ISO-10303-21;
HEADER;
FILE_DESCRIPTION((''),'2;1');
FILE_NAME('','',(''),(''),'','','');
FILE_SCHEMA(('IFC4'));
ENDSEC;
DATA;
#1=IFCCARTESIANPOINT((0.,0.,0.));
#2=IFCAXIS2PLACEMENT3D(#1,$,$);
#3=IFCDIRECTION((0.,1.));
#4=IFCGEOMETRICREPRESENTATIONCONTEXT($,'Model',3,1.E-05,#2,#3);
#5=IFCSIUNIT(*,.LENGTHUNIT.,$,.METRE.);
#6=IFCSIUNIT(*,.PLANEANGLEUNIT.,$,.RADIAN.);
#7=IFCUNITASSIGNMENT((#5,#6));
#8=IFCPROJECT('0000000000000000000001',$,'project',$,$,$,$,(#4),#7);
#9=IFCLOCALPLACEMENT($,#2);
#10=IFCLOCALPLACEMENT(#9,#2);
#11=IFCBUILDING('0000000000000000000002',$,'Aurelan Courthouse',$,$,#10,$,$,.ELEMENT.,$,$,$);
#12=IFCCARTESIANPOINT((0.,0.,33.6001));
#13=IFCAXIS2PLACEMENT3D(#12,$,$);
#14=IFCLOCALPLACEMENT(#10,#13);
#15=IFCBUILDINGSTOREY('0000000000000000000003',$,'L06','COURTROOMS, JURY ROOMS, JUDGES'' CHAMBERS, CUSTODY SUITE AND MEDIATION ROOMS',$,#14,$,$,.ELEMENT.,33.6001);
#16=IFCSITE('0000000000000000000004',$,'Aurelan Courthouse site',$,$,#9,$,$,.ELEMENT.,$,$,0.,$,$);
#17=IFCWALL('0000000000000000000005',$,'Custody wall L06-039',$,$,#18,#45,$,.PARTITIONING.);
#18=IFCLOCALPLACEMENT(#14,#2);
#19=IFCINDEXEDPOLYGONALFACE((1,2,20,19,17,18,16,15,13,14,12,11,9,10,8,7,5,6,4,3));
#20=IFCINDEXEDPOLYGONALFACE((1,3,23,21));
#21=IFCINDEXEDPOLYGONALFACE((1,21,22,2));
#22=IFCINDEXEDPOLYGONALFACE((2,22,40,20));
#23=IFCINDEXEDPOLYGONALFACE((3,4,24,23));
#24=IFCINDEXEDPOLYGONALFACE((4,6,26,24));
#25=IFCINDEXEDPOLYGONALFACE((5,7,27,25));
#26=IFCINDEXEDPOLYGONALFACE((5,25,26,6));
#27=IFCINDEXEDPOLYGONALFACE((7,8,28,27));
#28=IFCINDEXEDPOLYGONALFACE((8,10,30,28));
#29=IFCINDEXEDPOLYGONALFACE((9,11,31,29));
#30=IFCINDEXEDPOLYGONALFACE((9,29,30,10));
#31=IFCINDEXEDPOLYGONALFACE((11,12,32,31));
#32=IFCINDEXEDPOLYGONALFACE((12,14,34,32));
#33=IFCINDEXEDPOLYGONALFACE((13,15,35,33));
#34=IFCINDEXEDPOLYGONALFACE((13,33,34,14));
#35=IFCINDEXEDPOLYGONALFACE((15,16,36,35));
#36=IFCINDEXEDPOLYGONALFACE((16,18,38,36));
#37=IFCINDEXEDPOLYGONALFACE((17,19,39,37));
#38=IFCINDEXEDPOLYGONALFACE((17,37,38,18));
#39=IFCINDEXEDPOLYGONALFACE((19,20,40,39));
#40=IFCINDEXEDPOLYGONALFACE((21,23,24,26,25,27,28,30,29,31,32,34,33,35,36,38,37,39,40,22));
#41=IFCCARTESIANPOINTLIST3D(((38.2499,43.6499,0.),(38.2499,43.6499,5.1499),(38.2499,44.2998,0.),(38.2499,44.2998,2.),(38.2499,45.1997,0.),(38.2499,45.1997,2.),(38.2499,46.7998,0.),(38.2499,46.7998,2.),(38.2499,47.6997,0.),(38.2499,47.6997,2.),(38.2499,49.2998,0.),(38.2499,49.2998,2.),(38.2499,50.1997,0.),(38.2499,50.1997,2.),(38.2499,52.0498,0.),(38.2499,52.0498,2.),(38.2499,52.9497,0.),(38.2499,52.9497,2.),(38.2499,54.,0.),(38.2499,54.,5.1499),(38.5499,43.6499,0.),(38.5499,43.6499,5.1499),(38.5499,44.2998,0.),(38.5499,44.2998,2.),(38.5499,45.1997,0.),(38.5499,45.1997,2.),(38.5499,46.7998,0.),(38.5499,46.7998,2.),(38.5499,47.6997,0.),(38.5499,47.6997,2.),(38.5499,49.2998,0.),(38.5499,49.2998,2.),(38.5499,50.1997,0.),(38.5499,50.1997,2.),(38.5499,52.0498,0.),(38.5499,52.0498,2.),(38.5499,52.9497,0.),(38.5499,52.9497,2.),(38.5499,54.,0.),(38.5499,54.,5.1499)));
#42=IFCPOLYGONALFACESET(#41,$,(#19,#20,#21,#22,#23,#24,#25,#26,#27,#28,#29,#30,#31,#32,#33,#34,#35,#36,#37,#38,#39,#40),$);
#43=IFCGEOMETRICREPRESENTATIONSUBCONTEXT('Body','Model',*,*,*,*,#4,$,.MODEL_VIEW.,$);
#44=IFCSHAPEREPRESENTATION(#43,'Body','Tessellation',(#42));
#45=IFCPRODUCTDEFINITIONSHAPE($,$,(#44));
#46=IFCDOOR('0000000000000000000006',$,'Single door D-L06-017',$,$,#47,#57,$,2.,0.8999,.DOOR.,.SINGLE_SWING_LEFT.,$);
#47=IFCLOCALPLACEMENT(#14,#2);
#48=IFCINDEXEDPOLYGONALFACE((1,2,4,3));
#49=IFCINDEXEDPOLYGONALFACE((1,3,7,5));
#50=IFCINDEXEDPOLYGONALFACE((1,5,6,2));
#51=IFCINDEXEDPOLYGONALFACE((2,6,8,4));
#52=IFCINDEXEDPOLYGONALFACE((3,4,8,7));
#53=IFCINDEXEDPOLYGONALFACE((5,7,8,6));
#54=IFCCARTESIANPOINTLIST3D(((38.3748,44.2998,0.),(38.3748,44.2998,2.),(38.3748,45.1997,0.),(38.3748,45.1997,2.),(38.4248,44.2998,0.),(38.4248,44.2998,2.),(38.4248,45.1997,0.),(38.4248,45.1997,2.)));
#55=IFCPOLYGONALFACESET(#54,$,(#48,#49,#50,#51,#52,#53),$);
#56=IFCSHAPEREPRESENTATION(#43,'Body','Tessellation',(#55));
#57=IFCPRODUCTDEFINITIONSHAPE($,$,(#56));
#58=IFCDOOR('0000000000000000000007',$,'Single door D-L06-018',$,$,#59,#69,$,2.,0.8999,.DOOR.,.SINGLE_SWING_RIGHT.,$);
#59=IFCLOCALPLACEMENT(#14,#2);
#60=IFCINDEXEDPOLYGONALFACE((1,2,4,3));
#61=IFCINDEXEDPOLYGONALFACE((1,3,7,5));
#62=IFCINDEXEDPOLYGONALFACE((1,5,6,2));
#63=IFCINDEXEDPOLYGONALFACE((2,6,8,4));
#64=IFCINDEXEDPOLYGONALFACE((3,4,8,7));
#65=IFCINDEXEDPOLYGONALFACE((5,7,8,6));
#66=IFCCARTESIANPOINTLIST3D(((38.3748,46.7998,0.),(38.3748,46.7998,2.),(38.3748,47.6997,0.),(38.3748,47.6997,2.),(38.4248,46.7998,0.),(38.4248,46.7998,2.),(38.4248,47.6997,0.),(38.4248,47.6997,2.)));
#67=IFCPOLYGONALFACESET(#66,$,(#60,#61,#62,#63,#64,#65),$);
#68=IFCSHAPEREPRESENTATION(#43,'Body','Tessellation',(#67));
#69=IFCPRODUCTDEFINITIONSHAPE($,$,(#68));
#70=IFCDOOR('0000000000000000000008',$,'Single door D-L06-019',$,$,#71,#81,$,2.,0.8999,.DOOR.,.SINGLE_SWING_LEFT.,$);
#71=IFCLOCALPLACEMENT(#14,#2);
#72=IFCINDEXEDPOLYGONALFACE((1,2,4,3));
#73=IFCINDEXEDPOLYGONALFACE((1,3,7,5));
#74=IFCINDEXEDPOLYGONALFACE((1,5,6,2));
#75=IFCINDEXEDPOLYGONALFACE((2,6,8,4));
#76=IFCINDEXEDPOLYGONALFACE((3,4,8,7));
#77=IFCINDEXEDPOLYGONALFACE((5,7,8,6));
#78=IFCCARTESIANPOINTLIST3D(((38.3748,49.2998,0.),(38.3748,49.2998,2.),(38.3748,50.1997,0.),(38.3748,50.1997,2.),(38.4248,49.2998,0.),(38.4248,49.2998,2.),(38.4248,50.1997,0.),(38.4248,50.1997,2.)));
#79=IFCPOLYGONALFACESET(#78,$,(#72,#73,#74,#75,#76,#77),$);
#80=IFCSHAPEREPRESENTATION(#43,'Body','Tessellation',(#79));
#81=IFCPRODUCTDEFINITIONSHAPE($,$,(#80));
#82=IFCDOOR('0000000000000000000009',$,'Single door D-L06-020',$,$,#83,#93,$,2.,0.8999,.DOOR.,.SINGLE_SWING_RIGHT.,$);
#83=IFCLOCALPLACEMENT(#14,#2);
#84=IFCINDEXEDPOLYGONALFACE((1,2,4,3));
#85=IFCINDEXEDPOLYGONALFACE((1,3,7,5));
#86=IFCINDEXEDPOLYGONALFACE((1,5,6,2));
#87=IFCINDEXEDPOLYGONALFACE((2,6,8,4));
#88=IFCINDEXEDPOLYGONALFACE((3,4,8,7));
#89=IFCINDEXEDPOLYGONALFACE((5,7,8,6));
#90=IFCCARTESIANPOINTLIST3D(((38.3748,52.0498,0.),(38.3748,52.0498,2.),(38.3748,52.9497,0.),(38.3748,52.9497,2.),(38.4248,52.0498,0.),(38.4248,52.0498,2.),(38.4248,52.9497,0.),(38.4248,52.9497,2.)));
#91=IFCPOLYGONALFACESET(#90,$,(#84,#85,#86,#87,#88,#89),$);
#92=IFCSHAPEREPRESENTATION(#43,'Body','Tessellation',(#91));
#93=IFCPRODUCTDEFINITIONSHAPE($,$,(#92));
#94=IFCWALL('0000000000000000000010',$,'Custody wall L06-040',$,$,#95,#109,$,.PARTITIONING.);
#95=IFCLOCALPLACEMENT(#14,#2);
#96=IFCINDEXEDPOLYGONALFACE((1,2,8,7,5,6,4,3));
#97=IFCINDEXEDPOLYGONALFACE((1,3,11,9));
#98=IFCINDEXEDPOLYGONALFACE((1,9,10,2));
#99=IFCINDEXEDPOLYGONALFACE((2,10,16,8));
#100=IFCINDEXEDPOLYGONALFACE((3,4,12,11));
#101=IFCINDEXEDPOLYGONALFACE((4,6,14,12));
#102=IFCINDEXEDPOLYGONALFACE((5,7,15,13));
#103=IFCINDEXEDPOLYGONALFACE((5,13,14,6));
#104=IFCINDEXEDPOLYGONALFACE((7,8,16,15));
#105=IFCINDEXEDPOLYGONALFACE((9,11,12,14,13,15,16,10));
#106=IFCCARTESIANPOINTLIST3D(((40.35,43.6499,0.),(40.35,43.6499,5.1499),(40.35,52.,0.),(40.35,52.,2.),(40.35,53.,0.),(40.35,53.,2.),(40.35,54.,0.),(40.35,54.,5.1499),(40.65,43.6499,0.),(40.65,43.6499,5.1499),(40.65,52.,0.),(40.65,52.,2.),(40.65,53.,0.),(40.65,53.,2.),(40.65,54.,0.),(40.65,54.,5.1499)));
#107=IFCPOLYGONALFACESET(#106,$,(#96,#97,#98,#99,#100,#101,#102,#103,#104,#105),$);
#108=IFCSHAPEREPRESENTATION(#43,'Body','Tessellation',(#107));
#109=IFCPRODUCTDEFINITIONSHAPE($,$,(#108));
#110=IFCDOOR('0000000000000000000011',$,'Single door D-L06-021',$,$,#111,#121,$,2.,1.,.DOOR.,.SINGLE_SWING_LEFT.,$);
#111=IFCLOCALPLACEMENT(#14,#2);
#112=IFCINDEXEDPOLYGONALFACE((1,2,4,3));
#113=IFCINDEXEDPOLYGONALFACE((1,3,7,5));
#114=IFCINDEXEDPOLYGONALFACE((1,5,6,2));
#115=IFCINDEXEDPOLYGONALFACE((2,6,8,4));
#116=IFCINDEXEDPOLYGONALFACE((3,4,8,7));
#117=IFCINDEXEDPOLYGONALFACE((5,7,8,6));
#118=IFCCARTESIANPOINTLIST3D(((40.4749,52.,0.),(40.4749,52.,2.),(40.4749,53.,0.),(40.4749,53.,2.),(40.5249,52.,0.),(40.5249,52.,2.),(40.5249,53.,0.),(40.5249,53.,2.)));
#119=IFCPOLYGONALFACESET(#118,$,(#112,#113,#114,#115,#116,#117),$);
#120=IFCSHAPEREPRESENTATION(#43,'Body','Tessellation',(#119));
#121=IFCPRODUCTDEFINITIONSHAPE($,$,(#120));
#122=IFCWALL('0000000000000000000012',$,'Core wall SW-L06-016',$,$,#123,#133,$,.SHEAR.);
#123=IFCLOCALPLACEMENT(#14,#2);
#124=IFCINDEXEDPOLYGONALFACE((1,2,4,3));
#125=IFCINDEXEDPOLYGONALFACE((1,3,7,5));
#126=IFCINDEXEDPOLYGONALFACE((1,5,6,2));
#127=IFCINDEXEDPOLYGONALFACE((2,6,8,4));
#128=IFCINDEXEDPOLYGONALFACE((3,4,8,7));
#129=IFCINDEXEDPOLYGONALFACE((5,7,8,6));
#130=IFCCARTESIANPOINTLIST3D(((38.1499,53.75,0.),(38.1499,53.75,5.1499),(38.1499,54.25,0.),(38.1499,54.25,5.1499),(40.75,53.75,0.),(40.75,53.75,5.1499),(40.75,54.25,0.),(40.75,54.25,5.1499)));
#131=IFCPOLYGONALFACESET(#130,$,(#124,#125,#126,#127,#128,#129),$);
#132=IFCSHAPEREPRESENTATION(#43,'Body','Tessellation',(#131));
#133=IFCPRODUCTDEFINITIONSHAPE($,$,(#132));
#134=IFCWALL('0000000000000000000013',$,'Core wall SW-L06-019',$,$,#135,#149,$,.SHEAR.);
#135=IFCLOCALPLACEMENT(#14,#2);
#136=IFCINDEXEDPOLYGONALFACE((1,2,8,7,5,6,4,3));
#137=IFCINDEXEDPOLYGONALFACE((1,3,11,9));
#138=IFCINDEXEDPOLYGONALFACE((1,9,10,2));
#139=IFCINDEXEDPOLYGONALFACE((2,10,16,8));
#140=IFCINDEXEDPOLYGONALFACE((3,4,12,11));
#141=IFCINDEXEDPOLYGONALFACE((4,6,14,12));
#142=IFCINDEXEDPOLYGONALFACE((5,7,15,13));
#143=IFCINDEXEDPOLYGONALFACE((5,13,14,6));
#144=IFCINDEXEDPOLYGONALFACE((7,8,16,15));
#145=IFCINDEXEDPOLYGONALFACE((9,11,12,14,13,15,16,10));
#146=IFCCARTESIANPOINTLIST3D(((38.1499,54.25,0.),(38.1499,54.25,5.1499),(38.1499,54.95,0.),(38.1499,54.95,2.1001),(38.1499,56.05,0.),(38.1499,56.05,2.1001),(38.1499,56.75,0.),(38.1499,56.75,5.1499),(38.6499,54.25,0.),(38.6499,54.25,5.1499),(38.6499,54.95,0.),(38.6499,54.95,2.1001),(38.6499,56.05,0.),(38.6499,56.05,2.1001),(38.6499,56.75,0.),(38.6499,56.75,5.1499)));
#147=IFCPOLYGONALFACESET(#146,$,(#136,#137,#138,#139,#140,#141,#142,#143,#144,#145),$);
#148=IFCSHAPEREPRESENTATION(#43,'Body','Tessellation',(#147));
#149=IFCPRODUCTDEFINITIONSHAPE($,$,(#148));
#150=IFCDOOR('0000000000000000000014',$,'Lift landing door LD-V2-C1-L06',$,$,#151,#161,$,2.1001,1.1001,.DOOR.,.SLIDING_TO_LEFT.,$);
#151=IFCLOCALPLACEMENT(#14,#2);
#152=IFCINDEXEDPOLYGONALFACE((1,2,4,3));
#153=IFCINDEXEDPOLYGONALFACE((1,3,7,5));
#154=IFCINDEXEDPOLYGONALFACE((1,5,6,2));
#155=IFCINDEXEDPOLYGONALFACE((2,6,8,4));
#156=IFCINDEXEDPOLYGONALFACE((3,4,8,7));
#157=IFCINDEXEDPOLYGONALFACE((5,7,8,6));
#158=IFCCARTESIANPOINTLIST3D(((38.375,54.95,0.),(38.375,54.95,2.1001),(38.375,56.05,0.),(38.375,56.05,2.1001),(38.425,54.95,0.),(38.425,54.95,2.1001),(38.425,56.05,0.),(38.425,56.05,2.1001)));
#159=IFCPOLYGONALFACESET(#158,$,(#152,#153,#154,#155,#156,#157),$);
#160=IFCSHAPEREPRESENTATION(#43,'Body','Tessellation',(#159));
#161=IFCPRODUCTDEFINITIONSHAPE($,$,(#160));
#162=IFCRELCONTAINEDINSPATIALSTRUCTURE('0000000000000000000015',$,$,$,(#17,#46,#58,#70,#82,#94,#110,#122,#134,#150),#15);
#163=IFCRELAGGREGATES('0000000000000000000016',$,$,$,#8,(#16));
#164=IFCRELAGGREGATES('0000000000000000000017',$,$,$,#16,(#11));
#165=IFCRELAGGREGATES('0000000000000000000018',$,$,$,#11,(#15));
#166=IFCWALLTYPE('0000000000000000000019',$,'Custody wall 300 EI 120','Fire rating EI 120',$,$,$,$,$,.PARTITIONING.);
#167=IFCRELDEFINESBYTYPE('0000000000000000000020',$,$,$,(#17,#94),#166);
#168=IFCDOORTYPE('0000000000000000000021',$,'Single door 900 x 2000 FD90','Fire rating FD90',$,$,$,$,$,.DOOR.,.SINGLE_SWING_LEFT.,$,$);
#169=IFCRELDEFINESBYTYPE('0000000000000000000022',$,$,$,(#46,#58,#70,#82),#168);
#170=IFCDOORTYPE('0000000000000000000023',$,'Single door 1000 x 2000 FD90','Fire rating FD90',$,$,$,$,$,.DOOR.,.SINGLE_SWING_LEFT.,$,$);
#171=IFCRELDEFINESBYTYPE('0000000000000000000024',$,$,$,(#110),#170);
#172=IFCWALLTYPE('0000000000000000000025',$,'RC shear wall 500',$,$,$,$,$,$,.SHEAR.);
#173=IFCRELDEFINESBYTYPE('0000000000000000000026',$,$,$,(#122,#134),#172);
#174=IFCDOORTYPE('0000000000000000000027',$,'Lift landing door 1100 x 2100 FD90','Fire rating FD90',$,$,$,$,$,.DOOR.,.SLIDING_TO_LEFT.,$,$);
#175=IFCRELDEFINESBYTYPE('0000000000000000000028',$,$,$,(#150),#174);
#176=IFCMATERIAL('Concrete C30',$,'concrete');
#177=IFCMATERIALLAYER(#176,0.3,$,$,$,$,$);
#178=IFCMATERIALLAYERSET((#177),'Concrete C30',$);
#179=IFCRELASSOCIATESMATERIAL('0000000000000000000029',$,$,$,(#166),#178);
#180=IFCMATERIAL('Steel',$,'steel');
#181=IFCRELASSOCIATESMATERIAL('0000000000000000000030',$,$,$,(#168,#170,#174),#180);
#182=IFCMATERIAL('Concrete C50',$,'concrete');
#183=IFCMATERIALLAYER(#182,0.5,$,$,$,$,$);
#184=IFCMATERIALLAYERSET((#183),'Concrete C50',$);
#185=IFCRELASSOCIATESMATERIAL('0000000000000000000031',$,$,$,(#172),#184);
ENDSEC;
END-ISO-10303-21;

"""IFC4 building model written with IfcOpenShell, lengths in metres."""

from ifc_helpers import new_model, si_unit, direction, frame, frame_2d, origin, place, context, subcontext, project, spatial, rectangle, extrude, material, layer, layer_set, type_object, element, fill, save


model = new_model("IFC4")

# Units and contexts
model_context = context("Model", 3, precision=1e-05, world=origin(), true_north=direction((0.0, 1.0)))
body_context = subcontext(model_context, "Body", "Model", "MODEL_VIEW")
ifc_project = project(units=[si_unit("LENGTHUNIT", "METRE"), si_unit("PLANEANGLEUNIT", "RADIAN")], contexts=[model_context])

# Site, building, storey
site_placement = place(None, origin())
site = spatial("IfcSite", under=ifc_project, at=site_placement, Name="Aurelan Courthouse site", CompositionType="ELEMENT", RefElevation=0.0)
building_placement = place(site_placement, origin())
building = spatial("IfcBuilding", under=site, at=building_placement, Name="Aurelan Courthouse", CompositionType="ELEMENT")
storey_placement = place(building_placement, frame((0.0, 0.0, 33.6001)))
storey = spatial("IfcBuildingStorey", under=building, at=storey_placement, Name="L06", Description="COURTROOMS, JURY ROOMS, JUDGES' CHAMBERS, CUSTODY SUITE AND MEDIATION ROOMS", CompositionType="ELEMENT", Elevation=33.6001)

# Shared definitions
ifc_material_1 = material(Name="Concrete C50", Category="concrete")

# Shared definitions
ifc_material_2 = material(Name="Steel", Category="steel")

# Shared definitions
ifc_material_3 = material(Name="Concrete C30", Category="concrete")
ifc_layer_1 = layer(ifc_material_3, 0.3)
ifc_layer_set_1 = layer_set([ifc_layer_1], Name="Concrete C30")
wall_type_1 = type_object("IfcWallType", Name="Custody wall 300 EI 120", Description="Fire rating EI 120", PredefinedType="PARTITIONING", material=ifc_layer_set_1)

# Wall, openings, doors
wall_1_placement = place(storey_placement, frame((38.3999, 43.6499, 0.0), z_axis=(0.0, 0.0, 1.0), x_axis=(0.0, 1.0, 0.0)))
wall_1 = element("IfcWall", 1, at=wall_1_placement, inside=storey, type_object=wall_type_1, Name="Custody wall L06-039", PredefinedType="PARTITIONING", context=body_context, shape_type="SweptSolid", body=[
    extrude(rectangle(XDim=10.3501, YDim=0.3, at=frame_2d((5.175, 0.0))), origin(), (0.0, 0.0, 1.0), 5.1499),
])
opening_1_placement = place(wall_1_placement, frame((1.5498, 0.0, 0.0), z_axis=(0.0, 0.0, 1.0), x_axis=(-1.0, 0.0, 0.0)))
opening_1 = element("IfcOpeningElement", 2, at=opening_1_placement, cuts=wall_1, PredefinedType="OPENING", context=body_context, shape_type="SweptSolid", body=[
    extrude(rectangle(XDim=0.8999, YDim=2.0, at=frame_2d((0.45, 1.0))), frame((0.0, 0.1599, 0.0), z_axis=(0.0, -1.0, 0.0), x_axis=(1.0, 0.0, 0.0)), (0.0, 0.0, 1.0), 0.3201),
])
opening_2_placement = place(wall_1_placement, frame((4.0498, 0.0, 0.0), z_axis=(0.0, 0.0, 1.0), x_axis=(-1.0, 0.0, 0.0)))
opening_2 = element("IfcOpeningElement", 3, at=opening_2_placement, cuts=wall_1, PredefinedType="OPENING", context=body_context, shape_type="SweptSolid", body=[
    extrude(rectangle(XDim=0.8999, YDim=2.0, at=frame_2d((0.45, 1.0))), frame((0.0, 0.1599, 0.0), z_axis=(0.0, -1.0, 0.0), x_axis=(1.0, 0.0, 0.0)), (0.0, 0.0, 1.0), 0.3201),
])
opening_3_placement = place(wall_1_placement, frame((6.5498, 0.0, 0.0), z_axis=(0.0, 0.0, 1.0), x_axis=(-1.0, 0.0, 0.0)))
opening_3 = element("IfcOpeningElement", 4, at=opening_3_placement, cuts=wall_1, PredefinedType="OPENING", context=body_context, shape_type="SweptSolid", body=[
    extrude(rectangle(XDim=0.8999, YDim=2.0, at=frame_2d((0.45, 1.0))), frame((0.0, 0.1599, 0.0), z_axis=(0.0, -1.0, 0.0), x_axis=(1.0, 0.0, 0.0)), (0.0, 0.0, 1.0), 0.3201),
])
opening_4_placement = place(wall_1_placement, frame((9.2998, 0.0, 0.0), z_axis=(0.0, 0.0, 1.0), x_axis=(-1.0, 0.0, 0.0)))
opening_4 = element("IfcOpeningElement", 5, at=opening_4_placement, cuts=wall_1, PredefinedType="OPENING", context=body_context, shape_type="SweptSolid", body=[
    extrude(rectangle(XDim=0.8999, YDim=2.0, at=frame_2d((0.45, 1.0))), frame((0.0, 0.1599, 0.0), z_axis=(0.0, -1.0, 0.0), x_axis=(1.0, 0.0, 0.0)), (0.0, 0.0, 1.0), 0.3201),
])
door_type_1 = type_object("IfcDoorType", Name="Single door 900 x 2000 FD90", Description="Fire rating FD90", OperationType="SINGLE_SWING_LEFT", PredefinedType="DOOR", material=ifc_material_2)
door_1_placement = place(opening_1_placement, origin())
door_1 = element("IfcDoor", 6, at=door_1_placement, inside=storey, type_object=door_type_1, Name="Single door D-L06-017", OperationType="SINGLE_SWING_LEFT", OverallHeight=2.0, OverallWidth=0.8999, PredefinedType="DOOR", context=body_context, shape_type="SweptSolid", body=[
    extrude(rectangle(XDim=0.8999, YDim=2.0, at=frame_2d((0.45, 1.0))), frame((0.0, 0.0249, 0.0), z_axis=(0.0, -1.0, 0.0), x_axis=(1.0, 0.0, 0.0)), (0.0, 0.0, 1.0), 0.05),
])
fill(opening_1, door_1)
door_2_placement = place(opening_2_placement, origin())
door_2 = element("IfcDoor", 7, at=door_2_placement, inside=storey, type_object=door_type_1, Name="Single door D-L06-018", OperationType="SINGLE_SWING_RIGHT", OverallHeight=2.0, OverallWidth=0.8999, PredefinedType="DOOR", context=body_context, shape_type="SweptSolid", body=[
    extrude(rectangle(XDim=0.8999, YDim=2.0, at=frame_2d((0.45, 1.0))), frame((0.0, 0.0249, 0.0), z_axis=(0.0, -1.0, 0.0), x_axis=(1.0, 0.0, 0.0)), (0.0, 0.0, 1.0), 0.05),
])
fill(opening_2, door_2)
door_3_placement = place(opening_3_placement, origin())
door_3 = element("IfcDoor", 8, at=door_3_placement, inside=storey, type_object=door_type_1, Name="Single door D-L06-019", OperationType="SINGLE_SWING_LEFT", OverallHeight=2.0, OverallWidth=0.8999, PredefinedType="DOOR", context=body_context, shape_type="SweptSolid", body=[
    extrude(rectangle(XDim=0.8999, YDim=2.0, at=frame_2d((0.45, 1.0))), frame((0.0, 0.0249, 0.0), z_axis=(0.0, -1.0, 0.0), x_axis=(1.0, 0.0, 0.0)), (0.0, 0.0, 1.0), 0.05),
])
fill(opening_3, door_3)
door_4_placement = place(opening_4_placement, origin())
door_4 = element("IfcDoor", 9, at=door_4_placement, inside=storey, type_object=door_type_1, Name="Single door D-L06-020", OperationType="SINGLE_SWING_RIGHT", OverallHeight=2.0, OverallWidth=0.8999, PredefinedType="DOOR", context=body_context, shape_type="SweptSolid", body=[
    extrude(rectangle(XDim=0.8999, YDim=2.0, at=frame_2d((0.45, 1.0))), frame((0.0, 0.0249, 0.0), z_axis=(0.0, -1.0, 0.0), x_axis=(1.0, 0.0, 0.0)), (0.0, 0.0, 1.0), 0.05),
])
fill(opening_4, door_4)

# Wall, opening, door
wall_2_placement = place(storey_placement, frame((40.5, 43.6499, 0.0), z_axis=(0.0, 0.0, 1.0), x_axis=(0.0, 1.0, 0.0)))
wall_2 = element("IfcWall", 10, at=wall_2_placement, inside=storey, type_object=wall_type_1, Name="Custody wall L06-040", PredefinedType="PARTITIONING", context=body_context, shape_type="SweptSolid", body=[
    extrude(rectangle(XDim=10.3501, YDim=0.3, at=frame_2d((5.175, 0.0))), origin(), (0.0, 0.0, 1.0), 5.1499),
])
opening_5_placement = place(wall_2_placement, frame((9.3501, 0.0, 0.0), z_axis=(0.0, 0.0, 1.0), x_axis=(-1.0, 0.0, 0.0)))
opening_5 = element("IfcOpeningElement", 11, at=opening_5_placement, cuts=wall_2, PredefinedType="OPENING", context=body_context, shape_type="SweptSolid", body=[
    extrude(rectangle(XDim=1.0, YDim=2.0, at=frame_2d((0.5, 1.0))), frame((0.0, 0.1599, 0.0), z_axis=(0.0, -1.0, 0.0), x_axis=(1.0, 0.0, 0.0)), (0.0, 0.0, 1.0), 0.3201),
])
door_type_2 = type_object("IfcDoorType", Name="Single door 1000 x 2000 FD90", Description="Fire rating FD90", OperationType="SINGLE_SWING_LEFT", PredefinedType="DOOR", material=ifc_material_2)
door_5_placement = place(opening_5_placement, origin())
door_5 = element("IfcDoor", 12, at=door_5_placement, inside=storey, type_object=door_type_2, Name="Single door D-L06-021", OperationType="SINGLE_SWING_LEFT", OverallHeight=2.0, OverallWidth=1.0, PredefinedType="DOOR", context=body_context, shape_type="SweptSolid", body=[
    extrude(rectangle(XDim=1.0, YDim=2.0, at=frame_2d((0.5, 1.0))), frame((0.0, 0.0249, 0.0), z_axis=(0.0, -1.0, 0.0), x_axis=(1.0, 0.0, 0.0)), (0.0, 0.0, 1.0), 0.05),
])
fill(opening_5, door_5)

# Wall
ifc_layer_2 = layer(ifc_material_1, 0.5)
ifc_layer_set_2 = layer_set([ifc_layer_2], Name="Concrete C50")
wall_type_2 = type_object("IfcWallType", Name="RC shear wall 500", PredefinedType="SHEAR", material=ifc_layer_set_2)
wall_3_placement = place(storey_placement, frame((38.1499, 54.0, 0.0), z_axis=(0.0, 0.0, 1.0), x_axis=(1.0, 0.0, 0.0)))
element("IfcWall", 13, at=wall_3_placement, inside=storey, type_object=wall_type_2, Name="Core wall SW-L06-016", PredefinedType="SHEAR", context=body_context, shape_type="SweptSolid", body=[
    extrude(rectangle(XDim=2.6001, YDim=0.5, at=frame_2d((1.3, 0.0))), origin(), (0.0, 0.0, 1.0), 5.1499),
])

# Wall, opening, door
wall_4_placement = place(storey_placement, frame((38.3999, 54.25, 0.0), z_axis=(0.0, 0.0, 1.0), x_axis=(0.0, 1.0, 0.0)))
wall_4 = element("IfcWall", 14, at=wall_4_placement, inside=storey, type_object=wall_type_2, Name="Core wall SW-L06-019", PredefinedType="SHEAR", context=body_context, shape_type="SweptSolid", body=[
    extrude(rectangle(XDim=2.5, YDim=0.5, at=frame_2d((1.25, 0.0))), origin(), (0.0, 0.0, 1.0), 5.1499),
])
opening_6_placement = place(wall_4_placement, frame((0.7, 0.0, 0.0)))
opening_6 = element("IfcOpeningElement", 15, at=opening_6_placement, cuts=wall_4, PredefinedType="OPENING", context=body_context, shape_type="SweptSolid", body=[
    extrude(rectangle(XDim=1.1001, YDim=2.1001, at=frame_2d((0.55, 1.05))), frame((0.0, 0.26, 0.0), z_axis=(0.0, -1.0, 0.0), x_axis=(1.0, 0.0, 0.0)), (0.0, 0.0, 1.0), 0.52),
])
door_type_3 = type_object("IfcDoorType", Name="Lift landing door 1100 x 2100 FD90", Description="Fire rating FD90", OperationType="SLIDING_TO_LEFT", PredefinedType="DOOR", material=ifc_material_2)
door_6_placement = place(opening_6_placement, origin())
door_6 = element("IfcDoor", 16, at=door_6_placement, inside=storey, type_object=door_type_3, Name="Lift landing door LD-V2-C1-L06", OperationType="SLIDING_TO_LEFT", OverallHeight=2.1001, OverallWidth=1.1001, PredefinedType="DOOR", context=body_context, shape_type="SweptSolid", body=[
    extrude(rectangle(XDim=1.1001, YDim=2.1001, at=frame_2d((0.55, 1.05))), frame((0.0, 0.0249, 0.0), z_axis=(0.0, -1.0, 0.0), x_axis=(1.0, 0.0, 0.0)), (0.0, 0.0, 1.0), 0.05),
])
fill(opening_6, door_6)

save(model, "model.ifc")
